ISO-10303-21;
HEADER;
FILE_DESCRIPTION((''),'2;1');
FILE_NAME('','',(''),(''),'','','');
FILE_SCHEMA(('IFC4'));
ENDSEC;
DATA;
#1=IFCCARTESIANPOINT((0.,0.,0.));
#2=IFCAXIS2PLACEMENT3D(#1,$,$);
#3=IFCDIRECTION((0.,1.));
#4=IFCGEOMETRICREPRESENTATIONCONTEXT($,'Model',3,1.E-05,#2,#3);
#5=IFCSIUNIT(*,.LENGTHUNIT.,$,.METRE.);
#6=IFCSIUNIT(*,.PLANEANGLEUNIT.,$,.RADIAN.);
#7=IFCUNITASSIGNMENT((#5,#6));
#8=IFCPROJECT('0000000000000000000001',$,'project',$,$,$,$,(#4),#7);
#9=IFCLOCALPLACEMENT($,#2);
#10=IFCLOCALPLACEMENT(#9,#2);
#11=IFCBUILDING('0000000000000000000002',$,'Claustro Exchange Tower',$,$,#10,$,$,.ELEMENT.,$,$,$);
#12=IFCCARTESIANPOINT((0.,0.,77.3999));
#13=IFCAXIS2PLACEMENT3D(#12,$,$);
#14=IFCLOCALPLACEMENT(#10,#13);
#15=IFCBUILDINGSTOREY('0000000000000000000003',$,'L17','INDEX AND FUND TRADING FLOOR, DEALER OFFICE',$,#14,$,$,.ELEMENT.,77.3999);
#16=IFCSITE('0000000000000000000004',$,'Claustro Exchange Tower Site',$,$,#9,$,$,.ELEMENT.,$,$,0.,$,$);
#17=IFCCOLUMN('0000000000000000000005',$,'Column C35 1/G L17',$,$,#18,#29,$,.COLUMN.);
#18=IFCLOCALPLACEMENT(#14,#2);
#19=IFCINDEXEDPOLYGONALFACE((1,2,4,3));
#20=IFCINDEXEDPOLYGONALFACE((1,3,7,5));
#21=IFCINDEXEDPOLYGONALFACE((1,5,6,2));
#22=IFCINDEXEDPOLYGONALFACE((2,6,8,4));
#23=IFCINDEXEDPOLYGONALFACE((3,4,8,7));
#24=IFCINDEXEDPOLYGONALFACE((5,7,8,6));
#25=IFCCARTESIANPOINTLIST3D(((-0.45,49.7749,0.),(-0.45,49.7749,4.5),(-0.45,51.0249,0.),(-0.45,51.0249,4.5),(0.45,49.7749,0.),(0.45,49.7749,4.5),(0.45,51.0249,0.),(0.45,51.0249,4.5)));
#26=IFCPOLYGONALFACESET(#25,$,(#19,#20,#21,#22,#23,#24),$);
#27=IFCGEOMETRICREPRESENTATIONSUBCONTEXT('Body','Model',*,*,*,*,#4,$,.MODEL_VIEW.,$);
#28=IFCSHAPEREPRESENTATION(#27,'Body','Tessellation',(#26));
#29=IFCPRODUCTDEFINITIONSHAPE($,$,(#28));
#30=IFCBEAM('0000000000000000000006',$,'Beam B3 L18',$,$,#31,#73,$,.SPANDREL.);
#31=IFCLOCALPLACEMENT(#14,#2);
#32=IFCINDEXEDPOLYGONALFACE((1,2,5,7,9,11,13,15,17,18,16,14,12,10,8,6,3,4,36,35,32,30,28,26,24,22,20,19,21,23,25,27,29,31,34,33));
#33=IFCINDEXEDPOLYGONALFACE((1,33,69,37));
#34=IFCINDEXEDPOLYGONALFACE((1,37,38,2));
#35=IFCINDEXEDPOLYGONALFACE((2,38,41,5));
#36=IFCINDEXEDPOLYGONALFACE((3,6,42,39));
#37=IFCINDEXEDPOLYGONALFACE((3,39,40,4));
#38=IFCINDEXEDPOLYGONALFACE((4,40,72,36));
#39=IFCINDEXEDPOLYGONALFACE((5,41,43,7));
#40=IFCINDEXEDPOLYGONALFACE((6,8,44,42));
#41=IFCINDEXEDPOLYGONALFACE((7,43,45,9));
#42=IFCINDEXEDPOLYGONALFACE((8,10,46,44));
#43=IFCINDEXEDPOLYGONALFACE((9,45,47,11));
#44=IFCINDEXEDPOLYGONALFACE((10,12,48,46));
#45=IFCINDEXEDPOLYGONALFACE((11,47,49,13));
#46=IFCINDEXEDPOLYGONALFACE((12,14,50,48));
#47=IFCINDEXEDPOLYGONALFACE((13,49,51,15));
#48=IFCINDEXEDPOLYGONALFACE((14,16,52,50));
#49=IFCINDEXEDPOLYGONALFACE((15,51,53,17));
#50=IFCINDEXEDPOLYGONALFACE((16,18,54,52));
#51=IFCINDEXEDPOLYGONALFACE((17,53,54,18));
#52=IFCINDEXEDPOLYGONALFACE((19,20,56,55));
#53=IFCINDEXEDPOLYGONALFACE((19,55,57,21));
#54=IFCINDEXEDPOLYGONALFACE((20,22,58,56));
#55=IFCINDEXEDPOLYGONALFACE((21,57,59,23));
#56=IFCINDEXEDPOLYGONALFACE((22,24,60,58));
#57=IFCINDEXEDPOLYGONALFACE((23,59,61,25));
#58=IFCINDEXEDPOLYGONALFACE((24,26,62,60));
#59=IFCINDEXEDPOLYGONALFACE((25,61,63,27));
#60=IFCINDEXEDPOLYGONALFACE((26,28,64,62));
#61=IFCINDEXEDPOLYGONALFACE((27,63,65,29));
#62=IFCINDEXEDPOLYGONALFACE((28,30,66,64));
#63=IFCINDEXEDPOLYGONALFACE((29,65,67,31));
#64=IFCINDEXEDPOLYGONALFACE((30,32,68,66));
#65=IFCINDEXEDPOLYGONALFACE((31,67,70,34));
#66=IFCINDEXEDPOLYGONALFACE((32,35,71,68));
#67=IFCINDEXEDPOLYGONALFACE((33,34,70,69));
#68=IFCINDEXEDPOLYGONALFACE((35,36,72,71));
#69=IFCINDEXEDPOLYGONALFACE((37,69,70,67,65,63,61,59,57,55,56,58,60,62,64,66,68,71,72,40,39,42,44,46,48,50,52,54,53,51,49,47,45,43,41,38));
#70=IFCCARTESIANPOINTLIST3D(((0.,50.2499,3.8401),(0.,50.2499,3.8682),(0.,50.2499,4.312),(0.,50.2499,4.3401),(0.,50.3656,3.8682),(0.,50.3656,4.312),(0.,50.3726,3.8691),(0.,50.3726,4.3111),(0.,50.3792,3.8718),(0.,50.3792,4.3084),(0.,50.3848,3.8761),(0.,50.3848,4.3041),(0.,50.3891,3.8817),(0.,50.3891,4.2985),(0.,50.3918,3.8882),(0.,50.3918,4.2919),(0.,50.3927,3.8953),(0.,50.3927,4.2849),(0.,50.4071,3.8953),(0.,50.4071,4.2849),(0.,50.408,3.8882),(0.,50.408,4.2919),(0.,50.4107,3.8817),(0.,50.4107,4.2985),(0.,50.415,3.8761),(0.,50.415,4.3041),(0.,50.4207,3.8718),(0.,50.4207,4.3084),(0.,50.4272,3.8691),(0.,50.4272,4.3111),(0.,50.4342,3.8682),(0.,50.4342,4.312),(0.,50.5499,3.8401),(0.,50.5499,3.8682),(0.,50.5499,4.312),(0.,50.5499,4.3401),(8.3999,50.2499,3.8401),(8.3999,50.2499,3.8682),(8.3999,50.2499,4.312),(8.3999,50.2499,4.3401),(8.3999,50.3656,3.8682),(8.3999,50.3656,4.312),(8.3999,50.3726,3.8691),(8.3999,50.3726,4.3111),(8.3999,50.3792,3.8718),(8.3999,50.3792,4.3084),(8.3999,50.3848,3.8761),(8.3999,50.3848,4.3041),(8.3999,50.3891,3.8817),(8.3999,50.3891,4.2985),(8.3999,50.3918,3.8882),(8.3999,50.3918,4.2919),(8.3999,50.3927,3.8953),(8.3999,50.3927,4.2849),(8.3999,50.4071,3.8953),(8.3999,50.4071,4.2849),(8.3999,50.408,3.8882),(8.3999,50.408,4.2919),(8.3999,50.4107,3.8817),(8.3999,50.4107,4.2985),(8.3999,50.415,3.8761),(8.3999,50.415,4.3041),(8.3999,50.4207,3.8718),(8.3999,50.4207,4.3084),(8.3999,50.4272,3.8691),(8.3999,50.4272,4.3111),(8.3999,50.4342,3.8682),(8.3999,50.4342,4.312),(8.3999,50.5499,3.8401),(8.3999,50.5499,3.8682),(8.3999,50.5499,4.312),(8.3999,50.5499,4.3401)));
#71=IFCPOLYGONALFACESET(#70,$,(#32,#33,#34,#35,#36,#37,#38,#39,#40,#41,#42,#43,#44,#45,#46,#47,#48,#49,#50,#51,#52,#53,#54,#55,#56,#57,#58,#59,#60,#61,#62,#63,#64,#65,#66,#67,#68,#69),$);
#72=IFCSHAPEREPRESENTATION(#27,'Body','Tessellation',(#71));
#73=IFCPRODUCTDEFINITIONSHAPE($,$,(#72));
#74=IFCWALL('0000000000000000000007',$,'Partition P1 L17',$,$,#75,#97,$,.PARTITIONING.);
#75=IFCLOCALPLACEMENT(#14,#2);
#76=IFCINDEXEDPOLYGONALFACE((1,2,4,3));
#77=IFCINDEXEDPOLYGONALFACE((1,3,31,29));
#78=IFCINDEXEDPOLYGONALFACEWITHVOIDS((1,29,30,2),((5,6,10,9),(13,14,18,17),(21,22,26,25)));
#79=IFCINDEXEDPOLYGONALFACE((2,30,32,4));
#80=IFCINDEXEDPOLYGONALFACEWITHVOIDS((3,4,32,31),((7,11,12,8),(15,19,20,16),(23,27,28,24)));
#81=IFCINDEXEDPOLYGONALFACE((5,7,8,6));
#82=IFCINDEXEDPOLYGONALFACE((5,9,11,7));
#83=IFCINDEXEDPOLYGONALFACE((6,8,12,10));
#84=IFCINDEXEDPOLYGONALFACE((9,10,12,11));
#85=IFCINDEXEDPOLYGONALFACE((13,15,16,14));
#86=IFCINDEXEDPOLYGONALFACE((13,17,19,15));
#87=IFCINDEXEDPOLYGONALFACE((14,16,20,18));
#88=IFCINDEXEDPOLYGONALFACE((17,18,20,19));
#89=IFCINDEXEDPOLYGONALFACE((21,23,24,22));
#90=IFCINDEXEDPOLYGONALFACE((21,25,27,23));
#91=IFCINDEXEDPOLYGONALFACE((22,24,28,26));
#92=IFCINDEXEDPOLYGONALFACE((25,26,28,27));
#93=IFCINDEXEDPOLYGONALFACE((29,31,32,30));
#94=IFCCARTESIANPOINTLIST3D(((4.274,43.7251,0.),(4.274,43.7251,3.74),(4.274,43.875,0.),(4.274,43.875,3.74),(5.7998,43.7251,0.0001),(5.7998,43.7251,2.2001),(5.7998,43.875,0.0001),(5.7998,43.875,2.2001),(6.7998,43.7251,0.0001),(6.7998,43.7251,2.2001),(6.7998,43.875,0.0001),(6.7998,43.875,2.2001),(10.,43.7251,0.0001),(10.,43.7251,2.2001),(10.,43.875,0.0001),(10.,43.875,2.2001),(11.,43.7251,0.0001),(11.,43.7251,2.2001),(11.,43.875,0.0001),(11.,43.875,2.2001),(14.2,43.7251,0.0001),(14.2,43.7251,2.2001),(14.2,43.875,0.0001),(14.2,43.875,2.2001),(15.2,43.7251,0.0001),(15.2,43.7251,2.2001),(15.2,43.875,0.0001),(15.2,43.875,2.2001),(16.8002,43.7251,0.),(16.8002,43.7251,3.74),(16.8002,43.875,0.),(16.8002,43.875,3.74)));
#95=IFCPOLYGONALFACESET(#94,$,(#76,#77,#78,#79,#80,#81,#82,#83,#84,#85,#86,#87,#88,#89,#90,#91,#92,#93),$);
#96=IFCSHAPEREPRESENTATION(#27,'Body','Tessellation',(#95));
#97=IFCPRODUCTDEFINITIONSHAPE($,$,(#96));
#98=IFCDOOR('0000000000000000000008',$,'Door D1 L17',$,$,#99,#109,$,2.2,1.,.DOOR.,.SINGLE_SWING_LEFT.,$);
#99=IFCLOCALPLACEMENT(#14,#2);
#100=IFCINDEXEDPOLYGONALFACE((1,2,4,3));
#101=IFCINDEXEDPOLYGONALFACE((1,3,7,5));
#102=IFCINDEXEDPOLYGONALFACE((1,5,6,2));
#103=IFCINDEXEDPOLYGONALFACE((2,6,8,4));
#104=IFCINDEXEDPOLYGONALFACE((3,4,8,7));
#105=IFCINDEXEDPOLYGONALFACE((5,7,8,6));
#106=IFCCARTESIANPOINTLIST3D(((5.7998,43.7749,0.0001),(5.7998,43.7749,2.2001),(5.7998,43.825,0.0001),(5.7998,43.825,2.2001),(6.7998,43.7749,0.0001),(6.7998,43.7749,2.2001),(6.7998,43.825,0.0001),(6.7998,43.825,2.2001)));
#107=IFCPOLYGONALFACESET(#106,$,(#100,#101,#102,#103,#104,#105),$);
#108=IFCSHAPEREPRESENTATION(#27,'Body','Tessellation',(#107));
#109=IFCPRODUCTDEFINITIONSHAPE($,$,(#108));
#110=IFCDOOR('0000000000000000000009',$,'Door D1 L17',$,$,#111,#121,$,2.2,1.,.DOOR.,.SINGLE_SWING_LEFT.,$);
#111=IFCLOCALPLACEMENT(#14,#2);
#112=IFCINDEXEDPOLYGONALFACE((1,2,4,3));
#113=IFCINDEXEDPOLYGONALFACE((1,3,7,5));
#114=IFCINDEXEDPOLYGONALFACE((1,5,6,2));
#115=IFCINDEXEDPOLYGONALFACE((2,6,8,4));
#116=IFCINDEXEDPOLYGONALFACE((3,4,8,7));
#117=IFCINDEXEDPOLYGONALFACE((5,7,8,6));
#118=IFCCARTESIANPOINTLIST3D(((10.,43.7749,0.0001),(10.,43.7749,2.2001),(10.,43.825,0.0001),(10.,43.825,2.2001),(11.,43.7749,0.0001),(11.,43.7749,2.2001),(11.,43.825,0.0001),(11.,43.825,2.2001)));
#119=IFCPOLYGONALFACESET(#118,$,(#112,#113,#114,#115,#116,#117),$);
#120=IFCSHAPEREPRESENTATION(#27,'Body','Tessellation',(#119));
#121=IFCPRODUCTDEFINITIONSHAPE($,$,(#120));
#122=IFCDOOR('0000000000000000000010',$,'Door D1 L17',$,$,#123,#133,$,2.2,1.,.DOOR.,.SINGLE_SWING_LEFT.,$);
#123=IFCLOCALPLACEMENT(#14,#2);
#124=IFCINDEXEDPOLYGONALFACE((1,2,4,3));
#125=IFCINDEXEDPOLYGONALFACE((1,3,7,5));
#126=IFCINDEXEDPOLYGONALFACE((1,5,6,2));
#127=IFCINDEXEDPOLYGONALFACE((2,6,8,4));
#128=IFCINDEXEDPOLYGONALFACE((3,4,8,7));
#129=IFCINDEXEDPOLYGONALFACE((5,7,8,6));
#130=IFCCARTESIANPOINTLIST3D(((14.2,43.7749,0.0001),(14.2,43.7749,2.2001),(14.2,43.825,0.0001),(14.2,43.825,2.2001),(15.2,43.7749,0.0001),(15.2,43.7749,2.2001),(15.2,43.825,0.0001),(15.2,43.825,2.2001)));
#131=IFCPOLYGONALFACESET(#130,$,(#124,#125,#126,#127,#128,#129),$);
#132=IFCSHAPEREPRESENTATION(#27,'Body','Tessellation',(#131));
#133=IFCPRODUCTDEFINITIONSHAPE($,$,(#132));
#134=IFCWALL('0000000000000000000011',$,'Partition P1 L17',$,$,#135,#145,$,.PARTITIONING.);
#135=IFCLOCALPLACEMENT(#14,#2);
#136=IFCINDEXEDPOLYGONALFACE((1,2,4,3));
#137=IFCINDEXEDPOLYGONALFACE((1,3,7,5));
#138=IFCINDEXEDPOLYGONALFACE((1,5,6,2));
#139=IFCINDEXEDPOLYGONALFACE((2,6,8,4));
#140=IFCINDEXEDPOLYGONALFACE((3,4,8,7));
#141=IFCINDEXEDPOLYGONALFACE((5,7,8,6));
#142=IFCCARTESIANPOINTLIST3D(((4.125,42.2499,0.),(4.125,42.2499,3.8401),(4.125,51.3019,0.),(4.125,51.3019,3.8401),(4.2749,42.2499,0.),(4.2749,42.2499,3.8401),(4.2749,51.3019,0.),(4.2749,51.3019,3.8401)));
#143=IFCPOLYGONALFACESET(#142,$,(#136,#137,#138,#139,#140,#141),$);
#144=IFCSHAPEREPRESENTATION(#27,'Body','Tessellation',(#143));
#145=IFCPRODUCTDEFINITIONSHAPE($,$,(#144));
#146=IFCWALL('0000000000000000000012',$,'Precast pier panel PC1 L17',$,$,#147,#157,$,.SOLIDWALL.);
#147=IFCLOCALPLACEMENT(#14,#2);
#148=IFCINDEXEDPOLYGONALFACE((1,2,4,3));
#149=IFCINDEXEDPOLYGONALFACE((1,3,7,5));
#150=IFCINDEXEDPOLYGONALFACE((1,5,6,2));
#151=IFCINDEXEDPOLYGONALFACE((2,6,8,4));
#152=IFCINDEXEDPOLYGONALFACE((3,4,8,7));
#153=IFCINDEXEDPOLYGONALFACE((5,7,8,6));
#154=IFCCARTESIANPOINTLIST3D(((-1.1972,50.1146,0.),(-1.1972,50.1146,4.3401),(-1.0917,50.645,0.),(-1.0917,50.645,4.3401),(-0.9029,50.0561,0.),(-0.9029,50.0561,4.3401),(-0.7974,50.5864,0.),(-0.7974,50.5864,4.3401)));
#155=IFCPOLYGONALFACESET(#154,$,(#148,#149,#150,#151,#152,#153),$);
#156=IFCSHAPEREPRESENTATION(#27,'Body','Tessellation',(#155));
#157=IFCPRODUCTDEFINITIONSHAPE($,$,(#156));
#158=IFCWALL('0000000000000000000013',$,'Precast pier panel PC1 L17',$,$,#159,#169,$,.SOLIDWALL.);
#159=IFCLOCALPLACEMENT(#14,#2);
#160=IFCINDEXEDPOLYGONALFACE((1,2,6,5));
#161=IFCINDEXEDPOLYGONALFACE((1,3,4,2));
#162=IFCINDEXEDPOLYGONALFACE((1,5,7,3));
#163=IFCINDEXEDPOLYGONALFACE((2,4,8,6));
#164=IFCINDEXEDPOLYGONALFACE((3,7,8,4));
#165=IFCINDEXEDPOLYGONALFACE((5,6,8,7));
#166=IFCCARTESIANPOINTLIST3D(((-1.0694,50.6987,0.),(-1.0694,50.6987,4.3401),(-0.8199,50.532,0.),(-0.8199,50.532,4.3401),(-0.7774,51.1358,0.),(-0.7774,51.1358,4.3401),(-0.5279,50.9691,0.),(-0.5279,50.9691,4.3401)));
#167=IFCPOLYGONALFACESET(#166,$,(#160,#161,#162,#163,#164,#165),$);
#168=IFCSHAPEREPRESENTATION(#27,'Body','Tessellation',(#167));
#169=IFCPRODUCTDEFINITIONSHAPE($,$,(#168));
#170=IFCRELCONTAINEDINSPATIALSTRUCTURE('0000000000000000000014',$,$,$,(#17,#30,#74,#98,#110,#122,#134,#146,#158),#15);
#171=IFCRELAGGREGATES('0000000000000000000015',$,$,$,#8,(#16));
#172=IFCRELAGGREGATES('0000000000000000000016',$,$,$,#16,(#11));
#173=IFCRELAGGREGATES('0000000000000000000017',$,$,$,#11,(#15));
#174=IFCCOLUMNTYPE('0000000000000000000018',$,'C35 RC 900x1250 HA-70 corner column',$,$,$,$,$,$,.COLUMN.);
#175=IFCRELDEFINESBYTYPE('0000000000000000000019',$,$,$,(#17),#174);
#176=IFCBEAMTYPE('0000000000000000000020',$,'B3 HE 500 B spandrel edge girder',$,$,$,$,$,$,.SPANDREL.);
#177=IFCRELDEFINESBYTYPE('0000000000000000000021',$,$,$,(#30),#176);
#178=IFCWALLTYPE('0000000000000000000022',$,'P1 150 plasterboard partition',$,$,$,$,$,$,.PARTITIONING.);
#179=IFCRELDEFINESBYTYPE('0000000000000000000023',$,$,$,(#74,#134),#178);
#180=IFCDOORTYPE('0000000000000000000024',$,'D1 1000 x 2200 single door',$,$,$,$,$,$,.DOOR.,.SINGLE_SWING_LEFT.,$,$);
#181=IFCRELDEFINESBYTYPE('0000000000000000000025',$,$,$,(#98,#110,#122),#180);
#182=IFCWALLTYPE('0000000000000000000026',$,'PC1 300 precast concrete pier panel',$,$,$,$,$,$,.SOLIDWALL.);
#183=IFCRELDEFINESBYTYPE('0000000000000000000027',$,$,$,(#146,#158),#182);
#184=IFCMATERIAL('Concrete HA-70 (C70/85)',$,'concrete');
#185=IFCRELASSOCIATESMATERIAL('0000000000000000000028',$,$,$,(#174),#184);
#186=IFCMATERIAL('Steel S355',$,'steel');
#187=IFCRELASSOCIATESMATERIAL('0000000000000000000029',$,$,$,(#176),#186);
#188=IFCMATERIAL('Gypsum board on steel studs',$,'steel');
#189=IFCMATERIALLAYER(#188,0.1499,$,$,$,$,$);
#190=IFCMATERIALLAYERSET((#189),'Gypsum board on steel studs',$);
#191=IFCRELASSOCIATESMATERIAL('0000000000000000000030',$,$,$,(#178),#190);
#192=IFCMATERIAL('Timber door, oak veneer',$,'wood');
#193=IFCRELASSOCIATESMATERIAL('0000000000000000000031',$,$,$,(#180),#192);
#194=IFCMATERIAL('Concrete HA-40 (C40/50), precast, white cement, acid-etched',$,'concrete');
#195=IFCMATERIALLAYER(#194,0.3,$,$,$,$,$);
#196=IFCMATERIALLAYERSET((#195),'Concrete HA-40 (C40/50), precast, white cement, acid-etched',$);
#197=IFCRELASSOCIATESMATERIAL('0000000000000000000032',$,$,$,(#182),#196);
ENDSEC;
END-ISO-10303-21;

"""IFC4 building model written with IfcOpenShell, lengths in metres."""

from ifc_helpers import new_model, si_unit, direction, frame, frame_2d, origin, origin_2d, place, context, subcontext, project, spatial, rectangle, i_section, extrude, material, layer, layer_set, material_profile, profile_set, type_object, element, fill, save


model = new_model("IFC4")

# Units and contexts
model_context = context("Model", 3, precision=1e-05, world=origin(), true_north=direction((0.0, 1.0)))
body_context = subcontext(model_context, "Body", "Model", "MODEL_VIEW")
ifc_project = project(units=[si_unit("LENGTHUNIT", "METRE"), si_unit("PLANEANGLEUNIT", "RADIAN")], contexts=[model_context])

# Site, building, storey
site_placement = place(None, origin())
site = spatial("IfcSite", under=ifc_project, at=site_placement, Name="Claustro Exchange Tower Site", CompositionType="ELEMENT", RefElevation=0.0)
building_placement = place(site_placement, origin())
building = spatial("IfcBuilding", under=site, at=building_placement, Name="Claustro Exchange Tower", CompositionType="ELEMENT")
storey_placement = place(building_placement, frame((0.0, 0.0, 77.3999)))
storey = spatial("IfcBuildingStorey", under=building, at=storey_placement, Name="L17", Description="INDEX AND FUND TRADING FLOOR, DEALER OFFICE", CompositionType="ELEMENT", Elevation=77.3999)

# Column
ifc_material_1 = material(Name="Concrete HA-70 (C70/85)", Category="concrete")
ifc_material_profile_1 = material_profile(ifc_material_1, rectangle(XDim=0.8999, YDim=1.25, at=origin_2d()), Name="RC 900x1250")
ifc_profile_set_1 = profile_set([ifc_material_profile_1], Name="Concrete HA-70 (C70/85)")
column_type = type_object("IfcColumnType", Name="C35 RC 900x1250 HA-70 corner column", PredefinedType="COLUMN", material=ifc_profile_set_1)
column_placement = place(storey_placement, frame((0.0, 50.3999, 0.0), z_axis=(0.0, 0.0, 1.0), x_axis=(1.0, 0.0, 0.0)))
element("IfcColumn", 1, at=column_placement, inside=storey, type_object=column_type, Name="Column C35 1/G L17", PredefinedType="COLUMN", context=body_context, shape_type="SweptSolid", body=[
    extrude(rectangle(XDim=0.8999, YDim=1.25, at=origin_2d()), origin(), (0.0, 0.0, 1.0), 4.5),
])

# Beam
ifc_material_2 = material(Name="Steel S355", Category="steel")
ifc_material_profile_2 = material_profile(ifc_material_2, i_section(OverallWidth=0.3, OverallDepth=0.5, WebThickness=0.0144, FlangeThickness=0.0281, FilletRadius=0.0271, at=origin_2d()), Name="HE 500 B")
ifc_profile_set_2 = profile_set([ifc_material_profile_2], Name="Steel S355")
beam_type = type_object("IfcBeamType", Name="B3 HE 500 B spandrel edge girder", PredefinedType="SPANDREL", material=ifc_profile_set_2)
beam_placement = place(storey_placement, frame((0.0, 50.3999, 4.0901), z_axis=(1.0, 0.0, 0.0), x_axis=(0.0, 1.0, 0.0)))
element("IfcBeam", 2, at=beam_placement, inside=storey, type_object=beam_type, Name="Beam B3 L18", PredefinedType="SPANDREL", context=body_context, shape_type="SweptSolid", body=[
    extrude(i_section(OverallWidth=0.3, OverallDepth=0.5, WebThickness=0.0144, FlangeThickness=0.0281, FilletRadius=0.0271, at=origin_2d()), origin(), (0.0, 0.0, 1.0), 8.3999),
])

# Wall, openings, doors
ifc_material_3 = material(Name="Gypsum board on steel studs", Category="steel")
ifc_layer_1 = layer(ifc_material_3, 0.1499)
ifc_layer_set_1 = layer_set([ifc_layer_1], Name="Gypsum board on steel studs")
wall_type_1 = type_object("IfcWallType", Name="P1 150 plasterboard partition", PredefinedType="PARTITIONING", material=ifc_layer_set_1)
wall_1_placement = place(storey_placement, frame((4.2739, 43.8, 0.0), z_axis=(0.0, 0.0, 1.0), x_axis=(1.0, 0.0, 0.0)))
wall_1 = element("IfcWall", 3, at=wall_1_placement, inside=storey, type_object=wall_type_1, Name="Partition P1 L17", PredefinedType="PARTITIONING", context=body_context, shape_type="SweptSolid", body=[
    extrude(rectangle(XDim=12.5261, YDim=0.1499, at=frame_2d((6.2632, 0.0))), origin(), (0.0, 0.0, 1.0), 3.74),
])
opening_1_placement = place(wall_1_placement, frame((1.5259, 0.0, 0.0)))
opening_1 = element("IfcOpeningElement", 4, at=opening_1_placement, cuts=wall_1, PredefinedType="OPENING", context=body_context, shape_type="SweptSolid", body=[
    extrude(rectangle(XDim=1.0, YDim=2.2, at=frame_2d((0.5, 1.1001))), frame((0.0, 0.085, 0.0), z_axis=(0.0, -1.0, 0.0), x_axis=(1.0, 0.0, 0.0)), (0.0, 0.0, 1.0), 0.1699),
])
opening_2_placement = place(wall_1_placement, frame((5.7261, 0.0, 0.0)))
opening_2 = element("IfcOpeningElement", 5, at=opening_2_placement, cuts=wall_1, PredefinedType="OPENING", context=body_context, shape_type="SweptSolid", body=[
    extrude(rectangle(XDim=1.0, YDim=2.2, at=frame_2d((0.5, 1.1001))), frame((0.0, 0.085, 0.0), z_axis=(0.0, -1.0, 0.0), x_axis=(1.0, 0.0, 0.0)), (0.0, 0.0, 1.0), 0.1699),
])
opening_3_placement = place(wall_1_placement, frame((9.926, 0.0, 0.0)))
opening_3 = element("IfcOpeningElement", 6, at=opening_3_placement, cuts=wall_1, PredefinedType="OPENING", context=body_context, shape_type="SweptSolid", body=[
    extrude(rectangle(XDim=1.0, YDim=2.2, at=frame_2d((0.5, 1.1001))), frame((0.0, 0.085, 0.0), z_axis=(0.0, -1.0, 0.0), x_axis=(1.0, 0.0, 0.0)), (0.0, 0.0, 1.0), 0.1699),
])
ifc_material_4 = material(Name="Timber door, oak veneer", Category="wood")
door_type = type_object("IfcDoorType", Name="D1 1000 x 2200 single door", OperationType="SINGLE_SWING_LEFT", PredefinedType="DOOR", material=ifc_material_4)
door_1_placement = place(opening_1_placement, origin())
door_1 = element("IfcDoor", 7, at=door_1_placement, inside=storey, type_object=door_type, Name="Door D1 L17", OperationType="SINGLE_SWING_LEFT", OverallHeight=2.2, OverallWidth=1.0, PredefinedType="DOOR", context=body_context, shape_type="SweptSolid", body=[
    extrude(rectangle(XDim=1.0, YDim=2.2, at=frame_2d((0.5, 1.1001))), frame((0.0, 0.0249, 0.0), z_axis=(0.0, -1.0, 0.0), x_axis=(1.0, 0.0, 0.0)), (0.0, 0.0, 1.0), 0.05),
])
fill(opening_1, door_1)
door_2_placement = place(opening_2_placement, origin())
door_2 = element("IfcDoor", 8, at=door_2_placement, inside=storey, type_object=door_type, Name="Door D1 L17", OperationType="SINGLE_SWING_LEFT", OverallHeight=2.2, OverallWidth=1.0, PredefinedType="DOOR", context=body_context, shape_type="SweptSolid", body=[
    extrude(rectangle(XDim=1.0, YDim=2.2, at=frame_2d((0.5, 1.1001))), frame((0.0, 0.0249, 0.0), z_axis=(0.0, -1.0, 0.0), x_axis=(1.0, 0.0, 0.0)), (0.0, 0.0, 1.0), 0.05),
])
fill(opening_2, door_2)
door_3_placement = place(opening_3_placement, origin())
door_3 = element("IfcDoor", 9, at=door_3_placement, inside=storey, type_object=door_type, Name="Door D1 L17", OperationType="SINGLE_SWING_LEFT", OverallHeight=2.2, OverallWidth=1.0, PredefinedType="DOOR", context=body_context, shape_type="SweptSolid", body=[
    extrude(rectangle(XDim=1.0, YDim=2.2, at=frame_2d((0.5, 1.1001))), frame((0.0, 0.0249, 0.0), z_axis=(0.0, -1.0, 0.0), x_axis=(1.0, 0.0, 0.0)), (0.0, 0.0, 1.0), 0.05),
])
fill(opening_3, door_3)

# Walls
wall_2_placement = place(storey_placement, frame((4.2, 42.25, 0.0), z_axis=(0.0, 0.0, 1.0), x_axis=(0.0, 1.0, 0.0)))
element("IfcWall", 10, at=wall_2_placement, inside=storey, type_object=wall_type_1, Name="Partition P1 L17", PredefinedType="PARTITIONING", context=body_context, shape_type="SweptSolid", body=[
    extrude(rectangle(XDim=9.052, YDim=0.1499, at=frame_2d((4.5259, 0.0))), origin(), (0.0, 0.0, 1.0), 3.8401),
])
ifc_material_5 = material(Name="Concrete HA-40 (C40/50), precast, white cement, acid-etched", Category="concrete")
ifc_layer_2 = layer(ifc_material_5, 0.3)
ifc_layer_set_2 = layer_set([ifc_layer_2], Name="Concrete HA-40 (C40/50), precast, white cement, acid-etched")
wall_type_2 = type_object("IfcWallType", Name="PC1 300 precast concrete pier panel", PredefinedType="SOLIDWALL", material=ifc_layer_set_2)
wall_3_placement = place(storey_placement, frame((-1.05, 50.0852, 0.0), z_axis=(0.0, 0.0, 1.0), x_axis=(0.195074, 0.980789, 0.0)))
element("IfcWall", 11, at=wall_3_placement, inside=storey, type_object=wall_type_2, Name="Precast pier panel PC1 L17", PredefinedType="SOLIDWALL", context=body_context, shape_type="SweptSolid", body=[
    extrude(rectangle(XDim=0.5408, YDim=0.3, at=frame_2d((0.2705, 0.0))), origin(), (0.0, 0.0, 1.0), 4.3401),
])
for number, where, z_axis, x_axis, name in (
    (12, (-0.9446, 50.6155, 0.0), (0.0, 0.0, 1.0), (0.555557, 0.831478, 0.0), "Precast pier panel PC1 L17"),
):
    element("IfcWall", number, at=place(storey_placement, frame(where, z_axis=z_axis, x_axis=x_axis)), inside=storey, type_object=wall_type_2, Name=name, PredefinedType="SOLIDWALL", context=body_context, shape_type="SweptSolid", body=[
        extrude(rectangle(XDim=0.5256, YDim=0.3, at=frame_2d((0.2627, 0.0))), origin(), (0.0, 0.0, 1.0), 4.3401),
    ])

save(model, "model.ifc")
